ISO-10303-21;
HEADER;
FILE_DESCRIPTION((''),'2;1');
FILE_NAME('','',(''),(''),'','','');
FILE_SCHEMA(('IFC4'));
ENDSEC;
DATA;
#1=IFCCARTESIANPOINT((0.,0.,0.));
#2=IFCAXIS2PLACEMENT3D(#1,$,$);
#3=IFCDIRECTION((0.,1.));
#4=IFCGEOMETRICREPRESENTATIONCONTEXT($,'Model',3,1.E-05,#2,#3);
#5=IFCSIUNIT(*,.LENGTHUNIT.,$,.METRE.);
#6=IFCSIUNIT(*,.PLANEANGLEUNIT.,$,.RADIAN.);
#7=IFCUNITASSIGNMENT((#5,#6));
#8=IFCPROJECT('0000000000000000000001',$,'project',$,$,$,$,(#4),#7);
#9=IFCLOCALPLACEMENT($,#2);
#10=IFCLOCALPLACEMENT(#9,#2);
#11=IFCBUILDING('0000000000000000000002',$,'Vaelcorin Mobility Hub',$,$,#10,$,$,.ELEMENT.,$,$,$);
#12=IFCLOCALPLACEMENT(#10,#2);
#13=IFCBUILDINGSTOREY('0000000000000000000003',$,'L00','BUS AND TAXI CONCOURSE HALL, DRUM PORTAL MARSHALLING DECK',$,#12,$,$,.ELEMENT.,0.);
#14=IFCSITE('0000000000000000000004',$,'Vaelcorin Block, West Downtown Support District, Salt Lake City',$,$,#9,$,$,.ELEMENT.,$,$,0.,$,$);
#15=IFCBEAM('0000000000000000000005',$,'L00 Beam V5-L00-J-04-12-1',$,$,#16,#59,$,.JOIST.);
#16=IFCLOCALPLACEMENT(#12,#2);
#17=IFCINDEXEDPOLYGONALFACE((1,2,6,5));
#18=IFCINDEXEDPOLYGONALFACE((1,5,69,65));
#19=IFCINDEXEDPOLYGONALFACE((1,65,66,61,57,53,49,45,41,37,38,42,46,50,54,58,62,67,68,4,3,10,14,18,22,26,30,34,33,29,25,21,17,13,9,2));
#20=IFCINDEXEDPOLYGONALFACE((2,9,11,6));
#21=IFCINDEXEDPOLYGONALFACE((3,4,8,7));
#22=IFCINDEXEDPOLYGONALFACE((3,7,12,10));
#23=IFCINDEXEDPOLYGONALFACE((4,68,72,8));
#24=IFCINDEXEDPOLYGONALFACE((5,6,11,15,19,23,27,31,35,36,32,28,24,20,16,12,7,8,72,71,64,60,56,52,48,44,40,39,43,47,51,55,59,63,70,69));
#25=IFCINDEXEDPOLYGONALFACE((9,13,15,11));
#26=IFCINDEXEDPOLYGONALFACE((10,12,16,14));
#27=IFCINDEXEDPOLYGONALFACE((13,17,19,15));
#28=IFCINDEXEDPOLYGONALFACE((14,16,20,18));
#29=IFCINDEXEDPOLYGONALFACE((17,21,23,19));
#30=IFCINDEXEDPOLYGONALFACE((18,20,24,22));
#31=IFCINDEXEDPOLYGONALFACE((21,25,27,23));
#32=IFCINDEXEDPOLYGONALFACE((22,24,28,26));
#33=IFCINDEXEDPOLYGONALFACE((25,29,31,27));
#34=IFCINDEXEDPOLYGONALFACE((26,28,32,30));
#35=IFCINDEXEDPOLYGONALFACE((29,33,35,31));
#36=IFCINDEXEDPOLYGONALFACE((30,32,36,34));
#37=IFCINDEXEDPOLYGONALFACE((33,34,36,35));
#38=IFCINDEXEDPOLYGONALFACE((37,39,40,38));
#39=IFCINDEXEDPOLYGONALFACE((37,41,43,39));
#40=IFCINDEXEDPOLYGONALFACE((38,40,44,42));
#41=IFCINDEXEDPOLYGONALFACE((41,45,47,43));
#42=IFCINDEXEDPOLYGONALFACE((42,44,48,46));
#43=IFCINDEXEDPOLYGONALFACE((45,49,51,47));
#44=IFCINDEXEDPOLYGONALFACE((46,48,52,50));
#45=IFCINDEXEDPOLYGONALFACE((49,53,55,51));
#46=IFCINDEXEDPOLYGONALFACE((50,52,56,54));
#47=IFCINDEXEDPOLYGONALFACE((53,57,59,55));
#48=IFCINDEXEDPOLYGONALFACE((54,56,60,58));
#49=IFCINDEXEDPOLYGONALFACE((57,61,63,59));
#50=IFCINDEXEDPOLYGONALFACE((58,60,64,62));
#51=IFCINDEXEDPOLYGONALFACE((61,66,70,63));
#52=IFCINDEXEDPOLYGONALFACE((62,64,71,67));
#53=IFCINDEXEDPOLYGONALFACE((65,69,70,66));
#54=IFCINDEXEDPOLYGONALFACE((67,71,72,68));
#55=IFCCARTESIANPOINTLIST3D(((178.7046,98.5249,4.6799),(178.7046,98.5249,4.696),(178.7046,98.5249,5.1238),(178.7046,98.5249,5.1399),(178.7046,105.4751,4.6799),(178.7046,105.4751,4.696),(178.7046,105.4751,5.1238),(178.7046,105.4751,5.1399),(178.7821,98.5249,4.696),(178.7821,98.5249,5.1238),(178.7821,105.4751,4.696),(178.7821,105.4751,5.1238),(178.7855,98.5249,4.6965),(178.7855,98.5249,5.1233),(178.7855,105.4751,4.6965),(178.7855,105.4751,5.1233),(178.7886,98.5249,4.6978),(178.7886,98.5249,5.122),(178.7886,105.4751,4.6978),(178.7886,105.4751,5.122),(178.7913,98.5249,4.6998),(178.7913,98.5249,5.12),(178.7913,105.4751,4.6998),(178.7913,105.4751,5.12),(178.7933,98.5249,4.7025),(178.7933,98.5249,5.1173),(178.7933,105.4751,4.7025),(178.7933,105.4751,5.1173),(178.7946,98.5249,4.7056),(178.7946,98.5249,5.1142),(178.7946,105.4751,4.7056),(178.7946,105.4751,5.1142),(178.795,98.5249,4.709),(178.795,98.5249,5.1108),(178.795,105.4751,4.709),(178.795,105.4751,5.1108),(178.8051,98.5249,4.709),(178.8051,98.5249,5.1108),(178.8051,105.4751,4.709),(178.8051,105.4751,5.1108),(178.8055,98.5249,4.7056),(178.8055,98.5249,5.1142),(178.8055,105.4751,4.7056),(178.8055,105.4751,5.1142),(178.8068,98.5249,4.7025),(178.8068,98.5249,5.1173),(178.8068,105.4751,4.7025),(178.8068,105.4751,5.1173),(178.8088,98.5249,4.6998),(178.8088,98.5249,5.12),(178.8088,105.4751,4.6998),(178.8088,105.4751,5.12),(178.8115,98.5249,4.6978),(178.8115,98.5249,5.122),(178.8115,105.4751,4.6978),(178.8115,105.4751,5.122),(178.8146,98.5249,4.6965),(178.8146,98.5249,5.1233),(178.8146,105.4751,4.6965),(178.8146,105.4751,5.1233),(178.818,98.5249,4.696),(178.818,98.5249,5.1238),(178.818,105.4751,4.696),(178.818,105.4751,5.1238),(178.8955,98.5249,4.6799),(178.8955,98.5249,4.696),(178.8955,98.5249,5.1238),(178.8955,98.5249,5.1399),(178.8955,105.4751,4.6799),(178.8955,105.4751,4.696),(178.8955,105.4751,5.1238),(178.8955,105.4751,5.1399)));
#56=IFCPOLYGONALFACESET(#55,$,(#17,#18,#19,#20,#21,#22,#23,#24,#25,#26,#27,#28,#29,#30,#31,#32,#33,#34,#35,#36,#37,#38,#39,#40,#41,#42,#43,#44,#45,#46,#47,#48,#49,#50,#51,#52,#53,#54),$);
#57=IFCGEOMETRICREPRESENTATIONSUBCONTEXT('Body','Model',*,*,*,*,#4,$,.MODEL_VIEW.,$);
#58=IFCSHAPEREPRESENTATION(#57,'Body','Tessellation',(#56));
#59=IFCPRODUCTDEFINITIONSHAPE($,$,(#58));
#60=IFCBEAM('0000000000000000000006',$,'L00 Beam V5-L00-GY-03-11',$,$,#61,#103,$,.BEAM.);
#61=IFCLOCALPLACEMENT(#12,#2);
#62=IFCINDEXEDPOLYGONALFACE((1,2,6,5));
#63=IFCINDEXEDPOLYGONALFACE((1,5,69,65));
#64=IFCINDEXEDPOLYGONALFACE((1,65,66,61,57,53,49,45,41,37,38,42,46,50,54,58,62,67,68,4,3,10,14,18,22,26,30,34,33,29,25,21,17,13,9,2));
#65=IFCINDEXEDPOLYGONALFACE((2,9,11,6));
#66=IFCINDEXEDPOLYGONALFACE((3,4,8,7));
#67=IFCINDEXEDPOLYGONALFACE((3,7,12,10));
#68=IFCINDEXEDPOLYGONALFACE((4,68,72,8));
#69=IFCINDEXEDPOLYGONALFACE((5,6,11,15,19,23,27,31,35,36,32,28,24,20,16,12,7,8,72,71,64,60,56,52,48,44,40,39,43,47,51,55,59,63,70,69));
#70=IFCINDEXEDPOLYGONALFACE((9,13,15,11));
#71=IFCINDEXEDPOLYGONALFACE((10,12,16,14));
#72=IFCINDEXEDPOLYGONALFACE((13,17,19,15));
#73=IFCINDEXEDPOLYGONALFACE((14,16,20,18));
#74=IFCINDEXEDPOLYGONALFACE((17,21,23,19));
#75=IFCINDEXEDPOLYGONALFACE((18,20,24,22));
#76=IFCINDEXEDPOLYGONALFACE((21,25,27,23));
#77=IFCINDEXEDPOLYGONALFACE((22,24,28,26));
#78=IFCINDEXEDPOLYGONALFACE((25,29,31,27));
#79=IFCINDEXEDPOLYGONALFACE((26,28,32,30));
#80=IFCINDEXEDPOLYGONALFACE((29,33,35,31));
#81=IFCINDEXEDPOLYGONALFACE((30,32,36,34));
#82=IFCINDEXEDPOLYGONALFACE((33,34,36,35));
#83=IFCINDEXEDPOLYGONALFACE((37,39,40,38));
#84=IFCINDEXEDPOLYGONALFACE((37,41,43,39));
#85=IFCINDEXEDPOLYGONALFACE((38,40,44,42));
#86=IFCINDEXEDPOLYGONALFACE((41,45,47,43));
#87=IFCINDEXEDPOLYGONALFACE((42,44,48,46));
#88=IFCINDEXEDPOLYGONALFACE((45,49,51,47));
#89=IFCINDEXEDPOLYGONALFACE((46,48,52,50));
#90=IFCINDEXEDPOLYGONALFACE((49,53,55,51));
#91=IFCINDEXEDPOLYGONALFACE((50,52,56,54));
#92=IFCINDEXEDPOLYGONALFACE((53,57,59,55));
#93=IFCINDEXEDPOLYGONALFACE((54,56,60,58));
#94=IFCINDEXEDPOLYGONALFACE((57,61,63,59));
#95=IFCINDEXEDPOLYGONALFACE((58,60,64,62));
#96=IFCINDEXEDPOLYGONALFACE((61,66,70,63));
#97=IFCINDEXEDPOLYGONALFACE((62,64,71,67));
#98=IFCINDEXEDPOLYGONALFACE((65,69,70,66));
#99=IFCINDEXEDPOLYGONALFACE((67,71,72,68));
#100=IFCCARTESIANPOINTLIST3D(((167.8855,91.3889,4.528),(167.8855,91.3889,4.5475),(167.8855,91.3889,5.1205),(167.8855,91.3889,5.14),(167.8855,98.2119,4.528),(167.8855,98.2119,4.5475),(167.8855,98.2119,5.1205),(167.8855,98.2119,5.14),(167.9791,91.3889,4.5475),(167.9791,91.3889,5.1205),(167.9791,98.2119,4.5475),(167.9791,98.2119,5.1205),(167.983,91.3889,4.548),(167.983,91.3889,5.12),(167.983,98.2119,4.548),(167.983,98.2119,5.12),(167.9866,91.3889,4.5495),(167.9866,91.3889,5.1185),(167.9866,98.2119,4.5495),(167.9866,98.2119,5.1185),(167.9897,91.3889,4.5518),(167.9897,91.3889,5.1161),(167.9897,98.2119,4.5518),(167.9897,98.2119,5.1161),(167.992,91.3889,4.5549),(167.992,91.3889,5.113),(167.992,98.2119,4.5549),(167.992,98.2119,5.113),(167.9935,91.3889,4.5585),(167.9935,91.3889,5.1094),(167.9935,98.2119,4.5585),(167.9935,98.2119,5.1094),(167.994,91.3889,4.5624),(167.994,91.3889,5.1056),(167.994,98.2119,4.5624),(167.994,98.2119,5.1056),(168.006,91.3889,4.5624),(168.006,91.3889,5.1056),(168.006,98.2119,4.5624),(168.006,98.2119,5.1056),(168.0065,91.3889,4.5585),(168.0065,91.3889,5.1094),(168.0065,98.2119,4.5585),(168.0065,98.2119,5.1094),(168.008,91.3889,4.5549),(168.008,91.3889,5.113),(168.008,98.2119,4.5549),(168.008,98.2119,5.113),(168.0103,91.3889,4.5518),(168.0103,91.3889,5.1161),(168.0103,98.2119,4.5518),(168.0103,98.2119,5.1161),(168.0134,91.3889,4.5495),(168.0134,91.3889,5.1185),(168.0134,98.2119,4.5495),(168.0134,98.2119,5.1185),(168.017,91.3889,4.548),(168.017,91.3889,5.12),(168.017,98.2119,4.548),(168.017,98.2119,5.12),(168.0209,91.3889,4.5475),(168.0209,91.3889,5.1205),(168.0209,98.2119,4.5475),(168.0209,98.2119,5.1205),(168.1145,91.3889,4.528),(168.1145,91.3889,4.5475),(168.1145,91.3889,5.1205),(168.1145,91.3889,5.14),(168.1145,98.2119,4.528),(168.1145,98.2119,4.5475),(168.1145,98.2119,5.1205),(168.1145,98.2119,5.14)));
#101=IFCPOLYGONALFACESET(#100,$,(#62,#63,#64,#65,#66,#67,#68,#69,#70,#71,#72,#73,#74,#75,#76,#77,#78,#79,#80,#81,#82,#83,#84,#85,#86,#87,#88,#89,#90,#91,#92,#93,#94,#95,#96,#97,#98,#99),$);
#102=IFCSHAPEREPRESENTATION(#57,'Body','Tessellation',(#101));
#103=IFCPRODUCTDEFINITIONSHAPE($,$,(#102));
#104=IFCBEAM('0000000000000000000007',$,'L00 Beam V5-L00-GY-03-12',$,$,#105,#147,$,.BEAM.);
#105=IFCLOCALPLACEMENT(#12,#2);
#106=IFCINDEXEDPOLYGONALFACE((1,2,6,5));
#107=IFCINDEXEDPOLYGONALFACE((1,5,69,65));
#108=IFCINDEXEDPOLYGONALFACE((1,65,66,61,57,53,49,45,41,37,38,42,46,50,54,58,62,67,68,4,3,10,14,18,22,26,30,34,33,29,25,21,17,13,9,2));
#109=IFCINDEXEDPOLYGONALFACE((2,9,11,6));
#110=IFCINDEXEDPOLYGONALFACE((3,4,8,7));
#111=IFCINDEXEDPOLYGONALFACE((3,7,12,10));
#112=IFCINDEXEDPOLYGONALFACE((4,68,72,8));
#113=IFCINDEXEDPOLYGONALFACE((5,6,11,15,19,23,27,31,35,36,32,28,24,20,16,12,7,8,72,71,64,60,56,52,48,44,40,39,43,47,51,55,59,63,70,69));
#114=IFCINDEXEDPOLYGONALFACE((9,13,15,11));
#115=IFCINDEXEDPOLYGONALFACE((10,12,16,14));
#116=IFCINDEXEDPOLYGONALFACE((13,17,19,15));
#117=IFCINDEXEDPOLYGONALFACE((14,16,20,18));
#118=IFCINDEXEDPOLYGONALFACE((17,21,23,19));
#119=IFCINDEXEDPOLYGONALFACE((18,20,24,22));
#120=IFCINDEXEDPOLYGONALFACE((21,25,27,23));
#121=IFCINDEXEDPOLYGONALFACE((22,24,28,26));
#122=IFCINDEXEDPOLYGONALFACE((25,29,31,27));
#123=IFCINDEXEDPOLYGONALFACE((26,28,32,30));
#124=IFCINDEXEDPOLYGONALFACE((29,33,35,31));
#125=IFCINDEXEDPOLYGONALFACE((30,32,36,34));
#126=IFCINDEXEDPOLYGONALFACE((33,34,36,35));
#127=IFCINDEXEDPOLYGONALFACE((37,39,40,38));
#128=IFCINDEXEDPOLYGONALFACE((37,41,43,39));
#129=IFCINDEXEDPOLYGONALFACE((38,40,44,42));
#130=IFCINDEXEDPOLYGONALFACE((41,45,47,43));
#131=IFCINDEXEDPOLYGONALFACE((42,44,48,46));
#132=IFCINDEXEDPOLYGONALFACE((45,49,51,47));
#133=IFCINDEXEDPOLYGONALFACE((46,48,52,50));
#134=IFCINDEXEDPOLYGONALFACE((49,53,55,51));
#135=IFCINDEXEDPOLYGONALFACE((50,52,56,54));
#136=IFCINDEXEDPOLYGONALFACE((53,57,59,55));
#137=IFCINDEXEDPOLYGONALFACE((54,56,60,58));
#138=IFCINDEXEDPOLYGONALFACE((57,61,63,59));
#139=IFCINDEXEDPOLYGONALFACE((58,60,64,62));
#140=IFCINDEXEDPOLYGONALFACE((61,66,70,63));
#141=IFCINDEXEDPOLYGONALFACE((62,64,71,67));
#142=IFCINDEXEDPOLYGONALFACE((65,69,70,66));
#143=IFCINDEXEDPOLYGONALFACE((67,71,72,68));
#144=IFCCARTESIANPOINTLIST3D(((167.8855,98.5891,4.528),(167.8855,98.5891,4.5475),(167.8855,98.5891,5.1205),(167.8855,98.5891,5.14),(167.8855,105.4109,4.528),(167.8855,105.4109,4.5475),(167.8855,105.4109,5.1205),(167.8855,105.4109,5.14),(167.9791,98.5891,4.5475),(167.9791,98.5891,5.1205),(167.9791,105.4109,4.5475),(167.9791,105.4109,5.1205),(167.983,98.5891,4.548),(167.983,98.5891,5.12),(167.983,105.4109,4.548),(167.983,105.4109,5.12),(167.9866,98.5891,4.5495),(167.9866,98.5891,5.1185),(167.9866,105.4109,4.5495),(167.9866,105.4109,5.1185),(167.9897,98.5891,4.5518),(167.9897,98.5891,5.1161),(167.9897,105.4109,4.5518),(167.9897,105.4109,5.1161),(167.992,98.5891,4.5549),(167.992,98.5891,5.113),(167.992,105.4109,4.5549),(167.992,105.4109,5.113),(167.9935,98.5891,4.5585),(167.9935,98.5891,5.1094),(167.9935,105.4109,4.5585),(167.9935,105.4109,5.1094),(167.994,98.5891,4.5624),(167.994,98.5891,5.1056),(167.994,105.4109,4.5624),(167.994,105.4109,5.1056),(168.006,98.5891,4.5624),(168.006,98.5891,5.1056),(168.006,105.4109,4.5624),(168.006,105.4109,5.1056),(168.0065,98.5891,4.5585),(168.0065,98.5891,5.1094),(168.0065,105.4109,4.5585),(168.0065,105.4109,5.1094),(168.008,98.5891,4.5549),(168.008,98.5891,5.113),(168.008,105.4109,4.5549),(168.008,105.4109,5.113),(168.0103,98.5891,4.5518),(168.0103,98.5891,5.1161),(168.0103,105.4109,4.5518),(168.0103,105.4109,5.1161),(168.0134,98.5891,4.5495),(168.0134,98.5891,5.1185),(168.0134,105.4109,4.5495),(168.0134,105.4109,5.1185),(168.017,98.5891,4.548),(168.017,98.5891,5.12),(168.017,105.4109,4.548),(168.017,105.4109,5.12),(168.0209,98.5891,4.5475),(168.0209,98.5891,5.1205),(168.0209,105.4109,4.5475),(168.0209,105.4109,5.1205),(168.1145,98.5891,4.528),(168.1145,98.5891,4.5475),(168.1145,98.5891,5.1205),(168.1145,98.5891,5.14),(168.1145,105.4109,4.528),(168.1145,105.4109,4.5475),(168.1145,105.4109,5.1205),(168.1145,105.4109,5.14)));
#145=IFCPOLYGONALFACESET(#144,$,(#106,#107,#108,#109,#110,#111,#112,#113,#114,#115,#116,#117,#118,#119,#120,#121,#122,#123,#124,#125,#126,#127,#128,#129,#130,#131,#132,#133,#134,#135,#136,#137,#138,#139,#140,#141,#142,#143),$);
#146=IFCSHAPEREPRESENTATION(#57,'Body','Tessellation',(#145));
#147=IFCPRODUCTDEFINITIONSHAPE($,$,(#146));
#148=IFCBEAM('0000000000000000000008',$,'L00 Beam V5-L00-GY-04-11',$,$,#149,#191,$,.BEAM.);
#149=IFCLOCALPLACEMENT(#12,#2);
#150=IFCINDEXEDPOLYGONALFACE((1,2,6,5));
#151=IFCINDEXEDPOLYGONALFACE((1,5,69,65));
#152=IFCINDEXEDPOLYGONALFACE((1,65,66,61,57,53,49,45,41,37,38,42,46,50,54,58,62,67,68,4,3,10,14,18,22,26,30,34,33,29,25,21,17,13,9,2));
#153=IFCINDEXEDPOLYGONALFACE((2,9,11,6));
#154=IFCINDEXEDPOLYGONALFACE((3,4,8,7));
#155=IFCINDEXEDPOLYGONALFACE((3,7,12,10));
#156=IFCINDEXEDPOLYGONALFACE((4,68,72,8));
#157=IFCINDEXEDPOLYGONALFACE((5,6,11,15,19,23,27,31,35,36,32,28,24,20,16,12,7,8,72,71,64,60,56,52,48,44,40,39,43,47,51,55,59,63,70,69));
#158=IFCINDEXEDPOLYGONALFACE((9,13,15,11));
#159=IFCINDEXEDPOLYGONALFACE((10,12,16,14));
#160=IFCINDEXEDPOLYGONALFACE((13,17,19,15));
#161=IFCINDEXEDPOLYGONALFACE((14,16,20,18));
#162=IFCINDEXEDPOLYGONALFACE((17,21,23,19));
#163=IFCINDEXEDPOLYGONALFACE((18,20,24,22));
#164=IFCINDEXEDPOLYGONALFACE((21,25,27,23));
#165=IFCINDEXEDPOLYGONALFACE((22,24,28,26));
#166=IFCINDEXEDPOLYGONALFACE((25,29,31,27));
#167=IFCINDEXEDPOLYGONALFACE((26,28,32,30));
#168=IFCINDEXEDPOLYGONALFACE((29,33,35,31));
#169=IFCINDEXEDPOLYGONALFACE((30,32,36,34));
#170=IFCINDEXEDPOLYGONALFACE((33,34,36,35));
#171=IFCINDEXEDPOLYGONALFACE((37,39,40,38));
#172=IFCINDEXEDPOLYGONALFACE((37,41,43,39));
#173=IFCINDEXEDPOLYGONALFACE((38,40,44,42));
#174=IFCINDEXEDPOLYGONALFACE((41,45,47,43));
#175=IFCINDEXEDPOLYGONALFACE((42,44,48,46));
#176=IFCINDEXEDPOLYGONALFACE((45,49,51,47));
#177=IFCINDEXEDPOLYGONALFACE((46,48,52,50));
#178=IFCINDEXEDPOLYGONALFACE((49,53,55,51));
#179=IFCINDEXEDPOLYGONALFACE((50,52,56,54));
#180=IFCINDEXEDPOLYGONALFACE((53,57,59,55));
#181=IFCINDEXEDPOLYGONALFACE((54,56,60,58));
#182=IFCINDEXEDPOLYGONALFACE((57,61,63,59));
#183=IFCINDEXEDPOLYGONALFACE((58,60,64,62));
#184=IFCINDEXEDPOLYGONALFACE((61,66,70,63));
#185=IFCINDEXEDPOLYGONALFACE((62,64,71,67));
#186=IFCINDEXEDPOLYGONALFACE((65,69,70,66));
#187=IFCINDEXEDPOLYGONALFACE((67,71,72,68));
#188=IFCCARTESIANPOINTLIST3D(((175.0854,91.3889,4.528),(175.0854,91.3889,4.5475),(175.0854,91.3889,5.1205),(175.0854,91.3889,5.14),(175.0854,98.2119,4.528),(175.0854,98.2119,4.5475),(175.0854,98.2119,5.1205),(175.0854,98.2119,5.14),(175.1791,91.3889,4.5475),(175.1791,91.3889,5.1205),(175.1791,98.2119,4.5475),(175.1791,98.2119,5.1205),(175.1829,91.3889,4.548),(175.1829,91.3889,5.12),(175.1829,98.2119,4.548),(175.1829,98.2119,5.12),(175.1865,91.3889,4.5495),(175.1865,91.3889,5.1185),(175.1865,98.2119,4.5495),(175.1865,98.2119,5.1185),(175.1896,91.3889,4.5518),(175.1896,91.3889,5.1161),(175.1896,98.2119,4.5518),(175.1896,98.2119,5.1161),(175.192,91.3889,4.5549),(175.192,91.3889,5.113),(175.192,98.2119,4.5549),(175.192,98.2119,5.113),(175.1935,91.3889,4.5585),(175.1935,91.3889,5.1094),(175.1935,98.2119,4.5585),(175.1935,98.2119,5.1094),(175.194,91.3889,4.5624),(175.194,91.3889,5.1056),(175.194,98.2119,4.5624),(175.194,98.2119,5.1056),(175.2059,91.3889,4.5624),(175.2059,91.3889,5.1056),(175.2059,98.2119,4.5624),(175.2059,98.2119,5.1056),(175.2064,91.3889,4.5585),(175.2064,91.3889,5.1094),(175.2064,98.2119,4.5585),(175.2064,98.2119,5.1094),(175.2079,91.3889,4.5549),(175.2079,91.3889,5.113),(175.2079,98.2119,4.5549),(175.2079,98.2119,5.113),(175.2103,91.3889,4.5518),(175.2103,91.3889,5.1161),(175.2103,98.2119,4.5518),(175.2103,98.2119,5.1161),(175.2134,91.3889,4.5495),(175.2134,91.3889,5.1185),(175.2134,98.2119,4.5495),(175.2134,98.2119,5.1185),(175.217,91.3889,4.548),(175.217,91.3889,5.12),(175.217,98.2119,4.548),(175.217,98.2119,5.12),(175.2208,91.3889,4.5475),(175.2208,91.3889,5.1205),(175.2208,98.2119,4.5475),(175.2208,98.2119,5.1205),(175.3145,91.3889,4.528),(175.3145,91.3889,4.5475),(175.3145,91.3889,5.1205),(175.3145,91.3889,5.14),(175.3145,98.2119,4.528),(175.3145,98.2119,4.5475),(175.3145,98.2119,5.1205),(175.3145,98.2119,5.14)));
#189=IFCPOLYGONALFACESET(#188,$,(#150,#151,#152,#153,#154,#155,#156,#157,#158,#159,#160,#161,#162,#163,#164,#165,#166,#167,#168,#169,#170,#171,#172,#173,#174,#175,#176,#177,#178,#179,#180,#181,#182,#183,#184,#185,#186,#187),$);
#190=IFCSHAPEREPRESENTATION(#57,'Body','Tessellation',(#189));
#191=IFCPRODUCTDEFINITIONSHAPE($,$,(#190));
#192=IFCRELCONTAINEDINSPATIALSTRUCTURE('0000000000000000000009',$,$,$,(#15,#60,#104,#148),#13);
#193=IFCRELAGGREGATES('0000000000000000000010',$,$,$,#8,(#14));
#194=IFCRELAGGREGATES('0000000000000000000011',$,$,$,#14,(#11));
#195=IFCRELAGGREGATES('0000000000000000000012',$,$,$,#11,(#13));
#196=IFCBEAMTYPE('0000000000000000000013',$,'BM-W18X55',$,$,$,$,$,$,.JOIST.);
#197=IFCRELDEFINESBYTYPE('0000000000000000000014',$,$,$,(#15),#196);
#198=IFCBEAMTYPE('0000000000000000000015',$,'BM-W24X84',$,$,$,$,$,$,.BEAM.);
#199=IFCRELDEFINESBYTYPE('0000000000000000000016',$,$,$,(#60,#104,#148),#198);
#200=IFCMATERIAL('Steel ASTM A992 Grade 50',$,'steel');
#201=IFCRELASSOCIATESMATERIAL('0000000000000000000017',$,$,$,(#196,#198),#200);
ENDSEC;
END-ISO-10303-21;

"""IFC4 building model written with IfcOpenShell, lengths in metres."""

from ifc_helpers import new_model, si_unit, direction, frame, origin, origin_2d, place, context, subcontext, project, spatial, i_section, extrude, material, material_profile, profile_set, type_object, element, save


model = new_model("IFC4")

# Units and contexts
model_context = context("Model", 3, precision=1e-05, world=origin(), true_north=direction((0.0, 1.0)))
body_context = subcontext(model_context, "Body", "Model", "MODEL_VIEW")
ifc_project = project(units=[si_unit("LENGTHUNIT", "METRE"), si_unit("PLANEANGLEUNIT", "RADIAN")], contexts=[model_context])

# Site, building, storey
site_placement = place(None, origin())
site = spatial("IfcSite", under=ifc_project, at=site_placement, Name="Vaelcorin Block, West Downtown Support District, Salt Lake City", CompositionType="ELEMENT", RefElevation=0.0)
building_placement = place(site_placement, origin())
building = spatial("IfcBuilding", under=site, at=building_placement, Name="Vaelcorin Mobility Hub", CompositionType="ELEMENT")
storey_placement = place(building_placement, origin())
storey = spatial("IfcBuildingStorey", under=building, at=storey_placement, Name="L00", Description="BUS AND TAXI CONCOURSE HALL, DRUM PORTAL MARSHALLING DECK", CompositionType="ELEMENT", Elevation=0.0)

# Shared definitions
ifc_material_1 = material(Name="Steel ASTM A992 Grade 50", Category="steel")

# Beams
ifc_material_profile_1 = material_profile(ifc_material_1, i_section(OverallWidth=0.1909, OverallDepth=0.46, WebThickness=0.01, FlangeThickness=0.0161, FilletRadius=0.0129, at=origin_2d()), Name="W18X55")
ifc_profile_set_1 = profile_set([ifc_material_profile_1], Name="Steel ASTM A992 Grade 50")
beam_type_1 = type_object("IfcBeamType", Name="BM-W18X55", PredefinedType="JOIST", material=ifc_profile_set_1)
for number, where, z_axis, x_axis, name in (
    (1, (178.8, 98.5249, 4.9099), (0.0, 1.0, 0.0), (-1.0, 0.0, 0.0), "L00 Beam V5-L00-J-04-12-1"),
):
    element("IfcBeam", number, at=place(storey_placement, frame(where, z_axis=z_axis, x_axis=x_axis)), inside=storey, type_object=beam_type_1, Name=name, PredefinedType="JOIST", context=body_context, shape_type="SweptSolid", body=[
        extrude(i_section(OverallWidth=0.1909, OverallDepth=0.46, WebThickness=0.01, FlangeThickness=0.0161, FilletRadius=0.0129, at=origin_2d()), origin(), (0.0, 0.0, 1.0), 6.9502),
    ])
ifc_material_profile_2 = material_profile(ifc_material_1, i_section(OverallWidth=0.229, OverallDepth=0.6121, WebThickness=0.012, FlangeThickness=0.0195, FilletRadius=0.0149, at=origin_2d()), Name="W24X84")
ifc_profile_set_2 = profile_set([ifc_material_profile_2], Name="Steel ASTM A992 Grade 50")
beam_type_2 = type_object("IfcBeamType", Name="BM-W24X84", PredefinedType="BEAM", material=ifc_profile_set_2)
beam_1_placement = place(storey_placement, frame((168.0, 91.3889, 4.834), z_axis=(0.0, 1.0, 0.0), x_axis=(-1.0, 0.0, 0.0)))
element("IfcBeam", 2, at=beam_1_placement, inside=storey, type_object=beam_type_2, Name="L00 Beam V5-L00-GY-03-11", PredefinedType="BEAM", context=body_context, shape_type="SweptSolid", body=[
    extrude(i_section(OverallWidth=0.229, OverallDepth=0.6121, WebThickness=0.012, FlangeThickness=0.0195, FilletRadius=0.0149, at=origin_2d()), origin(), (0.0, 0.0, 1.0), 6.823),
])
beam_2_placement = place(storey_placement, frame((168.0, 98.5891, 4.834), z_axis=(0.0, 1.0, 0.0), x_axis=(-1.0, 0.0, 0.0)))
element("IfcBeam", 3, at=beam_2_placement, inside=storey, type_object=beam_type_2, Name="L00 Beam V5-L00-GY-03-12", PredefinedType="BEAM", context=body_context, shape_type="SweptSolid", body=[
    extrude(i_section(OverallWidth=0.229, OverallDepth=0.6121, WebThickness=0.012, FlangeThickness=0.0195, FilletRadius=0.0149, at=origin_2d()), origin(), (0.0, 0.0, 1.0), 6.8218),
])
beam_3_placement = place(storey_placement, frame((175.2, 91.3889, 4.834), z_axis=(0.0, 1.0, 0.0), x_axis=(-1.0, 0.0, 0.0)))
element("IfcBeam", 4, at=beam_3_placement, inside=storey, type_object=beam_type_2, Name="L00 Beam V5-L00-GY-04-11", PredefinedType="BEAM", context=body_context, shape_type="SweptSolid", body=[
    extrude(i_section(OverallWidth=0.229, OverallDepth=0.6121, WebThickness=0.012, FlangeThickness=0.0195, FilletRadius=0.0149, at=origin_2d()), origin(), (0.0, 0.0, 1.0), 6.823),
])

save(model, "model.ifc")
